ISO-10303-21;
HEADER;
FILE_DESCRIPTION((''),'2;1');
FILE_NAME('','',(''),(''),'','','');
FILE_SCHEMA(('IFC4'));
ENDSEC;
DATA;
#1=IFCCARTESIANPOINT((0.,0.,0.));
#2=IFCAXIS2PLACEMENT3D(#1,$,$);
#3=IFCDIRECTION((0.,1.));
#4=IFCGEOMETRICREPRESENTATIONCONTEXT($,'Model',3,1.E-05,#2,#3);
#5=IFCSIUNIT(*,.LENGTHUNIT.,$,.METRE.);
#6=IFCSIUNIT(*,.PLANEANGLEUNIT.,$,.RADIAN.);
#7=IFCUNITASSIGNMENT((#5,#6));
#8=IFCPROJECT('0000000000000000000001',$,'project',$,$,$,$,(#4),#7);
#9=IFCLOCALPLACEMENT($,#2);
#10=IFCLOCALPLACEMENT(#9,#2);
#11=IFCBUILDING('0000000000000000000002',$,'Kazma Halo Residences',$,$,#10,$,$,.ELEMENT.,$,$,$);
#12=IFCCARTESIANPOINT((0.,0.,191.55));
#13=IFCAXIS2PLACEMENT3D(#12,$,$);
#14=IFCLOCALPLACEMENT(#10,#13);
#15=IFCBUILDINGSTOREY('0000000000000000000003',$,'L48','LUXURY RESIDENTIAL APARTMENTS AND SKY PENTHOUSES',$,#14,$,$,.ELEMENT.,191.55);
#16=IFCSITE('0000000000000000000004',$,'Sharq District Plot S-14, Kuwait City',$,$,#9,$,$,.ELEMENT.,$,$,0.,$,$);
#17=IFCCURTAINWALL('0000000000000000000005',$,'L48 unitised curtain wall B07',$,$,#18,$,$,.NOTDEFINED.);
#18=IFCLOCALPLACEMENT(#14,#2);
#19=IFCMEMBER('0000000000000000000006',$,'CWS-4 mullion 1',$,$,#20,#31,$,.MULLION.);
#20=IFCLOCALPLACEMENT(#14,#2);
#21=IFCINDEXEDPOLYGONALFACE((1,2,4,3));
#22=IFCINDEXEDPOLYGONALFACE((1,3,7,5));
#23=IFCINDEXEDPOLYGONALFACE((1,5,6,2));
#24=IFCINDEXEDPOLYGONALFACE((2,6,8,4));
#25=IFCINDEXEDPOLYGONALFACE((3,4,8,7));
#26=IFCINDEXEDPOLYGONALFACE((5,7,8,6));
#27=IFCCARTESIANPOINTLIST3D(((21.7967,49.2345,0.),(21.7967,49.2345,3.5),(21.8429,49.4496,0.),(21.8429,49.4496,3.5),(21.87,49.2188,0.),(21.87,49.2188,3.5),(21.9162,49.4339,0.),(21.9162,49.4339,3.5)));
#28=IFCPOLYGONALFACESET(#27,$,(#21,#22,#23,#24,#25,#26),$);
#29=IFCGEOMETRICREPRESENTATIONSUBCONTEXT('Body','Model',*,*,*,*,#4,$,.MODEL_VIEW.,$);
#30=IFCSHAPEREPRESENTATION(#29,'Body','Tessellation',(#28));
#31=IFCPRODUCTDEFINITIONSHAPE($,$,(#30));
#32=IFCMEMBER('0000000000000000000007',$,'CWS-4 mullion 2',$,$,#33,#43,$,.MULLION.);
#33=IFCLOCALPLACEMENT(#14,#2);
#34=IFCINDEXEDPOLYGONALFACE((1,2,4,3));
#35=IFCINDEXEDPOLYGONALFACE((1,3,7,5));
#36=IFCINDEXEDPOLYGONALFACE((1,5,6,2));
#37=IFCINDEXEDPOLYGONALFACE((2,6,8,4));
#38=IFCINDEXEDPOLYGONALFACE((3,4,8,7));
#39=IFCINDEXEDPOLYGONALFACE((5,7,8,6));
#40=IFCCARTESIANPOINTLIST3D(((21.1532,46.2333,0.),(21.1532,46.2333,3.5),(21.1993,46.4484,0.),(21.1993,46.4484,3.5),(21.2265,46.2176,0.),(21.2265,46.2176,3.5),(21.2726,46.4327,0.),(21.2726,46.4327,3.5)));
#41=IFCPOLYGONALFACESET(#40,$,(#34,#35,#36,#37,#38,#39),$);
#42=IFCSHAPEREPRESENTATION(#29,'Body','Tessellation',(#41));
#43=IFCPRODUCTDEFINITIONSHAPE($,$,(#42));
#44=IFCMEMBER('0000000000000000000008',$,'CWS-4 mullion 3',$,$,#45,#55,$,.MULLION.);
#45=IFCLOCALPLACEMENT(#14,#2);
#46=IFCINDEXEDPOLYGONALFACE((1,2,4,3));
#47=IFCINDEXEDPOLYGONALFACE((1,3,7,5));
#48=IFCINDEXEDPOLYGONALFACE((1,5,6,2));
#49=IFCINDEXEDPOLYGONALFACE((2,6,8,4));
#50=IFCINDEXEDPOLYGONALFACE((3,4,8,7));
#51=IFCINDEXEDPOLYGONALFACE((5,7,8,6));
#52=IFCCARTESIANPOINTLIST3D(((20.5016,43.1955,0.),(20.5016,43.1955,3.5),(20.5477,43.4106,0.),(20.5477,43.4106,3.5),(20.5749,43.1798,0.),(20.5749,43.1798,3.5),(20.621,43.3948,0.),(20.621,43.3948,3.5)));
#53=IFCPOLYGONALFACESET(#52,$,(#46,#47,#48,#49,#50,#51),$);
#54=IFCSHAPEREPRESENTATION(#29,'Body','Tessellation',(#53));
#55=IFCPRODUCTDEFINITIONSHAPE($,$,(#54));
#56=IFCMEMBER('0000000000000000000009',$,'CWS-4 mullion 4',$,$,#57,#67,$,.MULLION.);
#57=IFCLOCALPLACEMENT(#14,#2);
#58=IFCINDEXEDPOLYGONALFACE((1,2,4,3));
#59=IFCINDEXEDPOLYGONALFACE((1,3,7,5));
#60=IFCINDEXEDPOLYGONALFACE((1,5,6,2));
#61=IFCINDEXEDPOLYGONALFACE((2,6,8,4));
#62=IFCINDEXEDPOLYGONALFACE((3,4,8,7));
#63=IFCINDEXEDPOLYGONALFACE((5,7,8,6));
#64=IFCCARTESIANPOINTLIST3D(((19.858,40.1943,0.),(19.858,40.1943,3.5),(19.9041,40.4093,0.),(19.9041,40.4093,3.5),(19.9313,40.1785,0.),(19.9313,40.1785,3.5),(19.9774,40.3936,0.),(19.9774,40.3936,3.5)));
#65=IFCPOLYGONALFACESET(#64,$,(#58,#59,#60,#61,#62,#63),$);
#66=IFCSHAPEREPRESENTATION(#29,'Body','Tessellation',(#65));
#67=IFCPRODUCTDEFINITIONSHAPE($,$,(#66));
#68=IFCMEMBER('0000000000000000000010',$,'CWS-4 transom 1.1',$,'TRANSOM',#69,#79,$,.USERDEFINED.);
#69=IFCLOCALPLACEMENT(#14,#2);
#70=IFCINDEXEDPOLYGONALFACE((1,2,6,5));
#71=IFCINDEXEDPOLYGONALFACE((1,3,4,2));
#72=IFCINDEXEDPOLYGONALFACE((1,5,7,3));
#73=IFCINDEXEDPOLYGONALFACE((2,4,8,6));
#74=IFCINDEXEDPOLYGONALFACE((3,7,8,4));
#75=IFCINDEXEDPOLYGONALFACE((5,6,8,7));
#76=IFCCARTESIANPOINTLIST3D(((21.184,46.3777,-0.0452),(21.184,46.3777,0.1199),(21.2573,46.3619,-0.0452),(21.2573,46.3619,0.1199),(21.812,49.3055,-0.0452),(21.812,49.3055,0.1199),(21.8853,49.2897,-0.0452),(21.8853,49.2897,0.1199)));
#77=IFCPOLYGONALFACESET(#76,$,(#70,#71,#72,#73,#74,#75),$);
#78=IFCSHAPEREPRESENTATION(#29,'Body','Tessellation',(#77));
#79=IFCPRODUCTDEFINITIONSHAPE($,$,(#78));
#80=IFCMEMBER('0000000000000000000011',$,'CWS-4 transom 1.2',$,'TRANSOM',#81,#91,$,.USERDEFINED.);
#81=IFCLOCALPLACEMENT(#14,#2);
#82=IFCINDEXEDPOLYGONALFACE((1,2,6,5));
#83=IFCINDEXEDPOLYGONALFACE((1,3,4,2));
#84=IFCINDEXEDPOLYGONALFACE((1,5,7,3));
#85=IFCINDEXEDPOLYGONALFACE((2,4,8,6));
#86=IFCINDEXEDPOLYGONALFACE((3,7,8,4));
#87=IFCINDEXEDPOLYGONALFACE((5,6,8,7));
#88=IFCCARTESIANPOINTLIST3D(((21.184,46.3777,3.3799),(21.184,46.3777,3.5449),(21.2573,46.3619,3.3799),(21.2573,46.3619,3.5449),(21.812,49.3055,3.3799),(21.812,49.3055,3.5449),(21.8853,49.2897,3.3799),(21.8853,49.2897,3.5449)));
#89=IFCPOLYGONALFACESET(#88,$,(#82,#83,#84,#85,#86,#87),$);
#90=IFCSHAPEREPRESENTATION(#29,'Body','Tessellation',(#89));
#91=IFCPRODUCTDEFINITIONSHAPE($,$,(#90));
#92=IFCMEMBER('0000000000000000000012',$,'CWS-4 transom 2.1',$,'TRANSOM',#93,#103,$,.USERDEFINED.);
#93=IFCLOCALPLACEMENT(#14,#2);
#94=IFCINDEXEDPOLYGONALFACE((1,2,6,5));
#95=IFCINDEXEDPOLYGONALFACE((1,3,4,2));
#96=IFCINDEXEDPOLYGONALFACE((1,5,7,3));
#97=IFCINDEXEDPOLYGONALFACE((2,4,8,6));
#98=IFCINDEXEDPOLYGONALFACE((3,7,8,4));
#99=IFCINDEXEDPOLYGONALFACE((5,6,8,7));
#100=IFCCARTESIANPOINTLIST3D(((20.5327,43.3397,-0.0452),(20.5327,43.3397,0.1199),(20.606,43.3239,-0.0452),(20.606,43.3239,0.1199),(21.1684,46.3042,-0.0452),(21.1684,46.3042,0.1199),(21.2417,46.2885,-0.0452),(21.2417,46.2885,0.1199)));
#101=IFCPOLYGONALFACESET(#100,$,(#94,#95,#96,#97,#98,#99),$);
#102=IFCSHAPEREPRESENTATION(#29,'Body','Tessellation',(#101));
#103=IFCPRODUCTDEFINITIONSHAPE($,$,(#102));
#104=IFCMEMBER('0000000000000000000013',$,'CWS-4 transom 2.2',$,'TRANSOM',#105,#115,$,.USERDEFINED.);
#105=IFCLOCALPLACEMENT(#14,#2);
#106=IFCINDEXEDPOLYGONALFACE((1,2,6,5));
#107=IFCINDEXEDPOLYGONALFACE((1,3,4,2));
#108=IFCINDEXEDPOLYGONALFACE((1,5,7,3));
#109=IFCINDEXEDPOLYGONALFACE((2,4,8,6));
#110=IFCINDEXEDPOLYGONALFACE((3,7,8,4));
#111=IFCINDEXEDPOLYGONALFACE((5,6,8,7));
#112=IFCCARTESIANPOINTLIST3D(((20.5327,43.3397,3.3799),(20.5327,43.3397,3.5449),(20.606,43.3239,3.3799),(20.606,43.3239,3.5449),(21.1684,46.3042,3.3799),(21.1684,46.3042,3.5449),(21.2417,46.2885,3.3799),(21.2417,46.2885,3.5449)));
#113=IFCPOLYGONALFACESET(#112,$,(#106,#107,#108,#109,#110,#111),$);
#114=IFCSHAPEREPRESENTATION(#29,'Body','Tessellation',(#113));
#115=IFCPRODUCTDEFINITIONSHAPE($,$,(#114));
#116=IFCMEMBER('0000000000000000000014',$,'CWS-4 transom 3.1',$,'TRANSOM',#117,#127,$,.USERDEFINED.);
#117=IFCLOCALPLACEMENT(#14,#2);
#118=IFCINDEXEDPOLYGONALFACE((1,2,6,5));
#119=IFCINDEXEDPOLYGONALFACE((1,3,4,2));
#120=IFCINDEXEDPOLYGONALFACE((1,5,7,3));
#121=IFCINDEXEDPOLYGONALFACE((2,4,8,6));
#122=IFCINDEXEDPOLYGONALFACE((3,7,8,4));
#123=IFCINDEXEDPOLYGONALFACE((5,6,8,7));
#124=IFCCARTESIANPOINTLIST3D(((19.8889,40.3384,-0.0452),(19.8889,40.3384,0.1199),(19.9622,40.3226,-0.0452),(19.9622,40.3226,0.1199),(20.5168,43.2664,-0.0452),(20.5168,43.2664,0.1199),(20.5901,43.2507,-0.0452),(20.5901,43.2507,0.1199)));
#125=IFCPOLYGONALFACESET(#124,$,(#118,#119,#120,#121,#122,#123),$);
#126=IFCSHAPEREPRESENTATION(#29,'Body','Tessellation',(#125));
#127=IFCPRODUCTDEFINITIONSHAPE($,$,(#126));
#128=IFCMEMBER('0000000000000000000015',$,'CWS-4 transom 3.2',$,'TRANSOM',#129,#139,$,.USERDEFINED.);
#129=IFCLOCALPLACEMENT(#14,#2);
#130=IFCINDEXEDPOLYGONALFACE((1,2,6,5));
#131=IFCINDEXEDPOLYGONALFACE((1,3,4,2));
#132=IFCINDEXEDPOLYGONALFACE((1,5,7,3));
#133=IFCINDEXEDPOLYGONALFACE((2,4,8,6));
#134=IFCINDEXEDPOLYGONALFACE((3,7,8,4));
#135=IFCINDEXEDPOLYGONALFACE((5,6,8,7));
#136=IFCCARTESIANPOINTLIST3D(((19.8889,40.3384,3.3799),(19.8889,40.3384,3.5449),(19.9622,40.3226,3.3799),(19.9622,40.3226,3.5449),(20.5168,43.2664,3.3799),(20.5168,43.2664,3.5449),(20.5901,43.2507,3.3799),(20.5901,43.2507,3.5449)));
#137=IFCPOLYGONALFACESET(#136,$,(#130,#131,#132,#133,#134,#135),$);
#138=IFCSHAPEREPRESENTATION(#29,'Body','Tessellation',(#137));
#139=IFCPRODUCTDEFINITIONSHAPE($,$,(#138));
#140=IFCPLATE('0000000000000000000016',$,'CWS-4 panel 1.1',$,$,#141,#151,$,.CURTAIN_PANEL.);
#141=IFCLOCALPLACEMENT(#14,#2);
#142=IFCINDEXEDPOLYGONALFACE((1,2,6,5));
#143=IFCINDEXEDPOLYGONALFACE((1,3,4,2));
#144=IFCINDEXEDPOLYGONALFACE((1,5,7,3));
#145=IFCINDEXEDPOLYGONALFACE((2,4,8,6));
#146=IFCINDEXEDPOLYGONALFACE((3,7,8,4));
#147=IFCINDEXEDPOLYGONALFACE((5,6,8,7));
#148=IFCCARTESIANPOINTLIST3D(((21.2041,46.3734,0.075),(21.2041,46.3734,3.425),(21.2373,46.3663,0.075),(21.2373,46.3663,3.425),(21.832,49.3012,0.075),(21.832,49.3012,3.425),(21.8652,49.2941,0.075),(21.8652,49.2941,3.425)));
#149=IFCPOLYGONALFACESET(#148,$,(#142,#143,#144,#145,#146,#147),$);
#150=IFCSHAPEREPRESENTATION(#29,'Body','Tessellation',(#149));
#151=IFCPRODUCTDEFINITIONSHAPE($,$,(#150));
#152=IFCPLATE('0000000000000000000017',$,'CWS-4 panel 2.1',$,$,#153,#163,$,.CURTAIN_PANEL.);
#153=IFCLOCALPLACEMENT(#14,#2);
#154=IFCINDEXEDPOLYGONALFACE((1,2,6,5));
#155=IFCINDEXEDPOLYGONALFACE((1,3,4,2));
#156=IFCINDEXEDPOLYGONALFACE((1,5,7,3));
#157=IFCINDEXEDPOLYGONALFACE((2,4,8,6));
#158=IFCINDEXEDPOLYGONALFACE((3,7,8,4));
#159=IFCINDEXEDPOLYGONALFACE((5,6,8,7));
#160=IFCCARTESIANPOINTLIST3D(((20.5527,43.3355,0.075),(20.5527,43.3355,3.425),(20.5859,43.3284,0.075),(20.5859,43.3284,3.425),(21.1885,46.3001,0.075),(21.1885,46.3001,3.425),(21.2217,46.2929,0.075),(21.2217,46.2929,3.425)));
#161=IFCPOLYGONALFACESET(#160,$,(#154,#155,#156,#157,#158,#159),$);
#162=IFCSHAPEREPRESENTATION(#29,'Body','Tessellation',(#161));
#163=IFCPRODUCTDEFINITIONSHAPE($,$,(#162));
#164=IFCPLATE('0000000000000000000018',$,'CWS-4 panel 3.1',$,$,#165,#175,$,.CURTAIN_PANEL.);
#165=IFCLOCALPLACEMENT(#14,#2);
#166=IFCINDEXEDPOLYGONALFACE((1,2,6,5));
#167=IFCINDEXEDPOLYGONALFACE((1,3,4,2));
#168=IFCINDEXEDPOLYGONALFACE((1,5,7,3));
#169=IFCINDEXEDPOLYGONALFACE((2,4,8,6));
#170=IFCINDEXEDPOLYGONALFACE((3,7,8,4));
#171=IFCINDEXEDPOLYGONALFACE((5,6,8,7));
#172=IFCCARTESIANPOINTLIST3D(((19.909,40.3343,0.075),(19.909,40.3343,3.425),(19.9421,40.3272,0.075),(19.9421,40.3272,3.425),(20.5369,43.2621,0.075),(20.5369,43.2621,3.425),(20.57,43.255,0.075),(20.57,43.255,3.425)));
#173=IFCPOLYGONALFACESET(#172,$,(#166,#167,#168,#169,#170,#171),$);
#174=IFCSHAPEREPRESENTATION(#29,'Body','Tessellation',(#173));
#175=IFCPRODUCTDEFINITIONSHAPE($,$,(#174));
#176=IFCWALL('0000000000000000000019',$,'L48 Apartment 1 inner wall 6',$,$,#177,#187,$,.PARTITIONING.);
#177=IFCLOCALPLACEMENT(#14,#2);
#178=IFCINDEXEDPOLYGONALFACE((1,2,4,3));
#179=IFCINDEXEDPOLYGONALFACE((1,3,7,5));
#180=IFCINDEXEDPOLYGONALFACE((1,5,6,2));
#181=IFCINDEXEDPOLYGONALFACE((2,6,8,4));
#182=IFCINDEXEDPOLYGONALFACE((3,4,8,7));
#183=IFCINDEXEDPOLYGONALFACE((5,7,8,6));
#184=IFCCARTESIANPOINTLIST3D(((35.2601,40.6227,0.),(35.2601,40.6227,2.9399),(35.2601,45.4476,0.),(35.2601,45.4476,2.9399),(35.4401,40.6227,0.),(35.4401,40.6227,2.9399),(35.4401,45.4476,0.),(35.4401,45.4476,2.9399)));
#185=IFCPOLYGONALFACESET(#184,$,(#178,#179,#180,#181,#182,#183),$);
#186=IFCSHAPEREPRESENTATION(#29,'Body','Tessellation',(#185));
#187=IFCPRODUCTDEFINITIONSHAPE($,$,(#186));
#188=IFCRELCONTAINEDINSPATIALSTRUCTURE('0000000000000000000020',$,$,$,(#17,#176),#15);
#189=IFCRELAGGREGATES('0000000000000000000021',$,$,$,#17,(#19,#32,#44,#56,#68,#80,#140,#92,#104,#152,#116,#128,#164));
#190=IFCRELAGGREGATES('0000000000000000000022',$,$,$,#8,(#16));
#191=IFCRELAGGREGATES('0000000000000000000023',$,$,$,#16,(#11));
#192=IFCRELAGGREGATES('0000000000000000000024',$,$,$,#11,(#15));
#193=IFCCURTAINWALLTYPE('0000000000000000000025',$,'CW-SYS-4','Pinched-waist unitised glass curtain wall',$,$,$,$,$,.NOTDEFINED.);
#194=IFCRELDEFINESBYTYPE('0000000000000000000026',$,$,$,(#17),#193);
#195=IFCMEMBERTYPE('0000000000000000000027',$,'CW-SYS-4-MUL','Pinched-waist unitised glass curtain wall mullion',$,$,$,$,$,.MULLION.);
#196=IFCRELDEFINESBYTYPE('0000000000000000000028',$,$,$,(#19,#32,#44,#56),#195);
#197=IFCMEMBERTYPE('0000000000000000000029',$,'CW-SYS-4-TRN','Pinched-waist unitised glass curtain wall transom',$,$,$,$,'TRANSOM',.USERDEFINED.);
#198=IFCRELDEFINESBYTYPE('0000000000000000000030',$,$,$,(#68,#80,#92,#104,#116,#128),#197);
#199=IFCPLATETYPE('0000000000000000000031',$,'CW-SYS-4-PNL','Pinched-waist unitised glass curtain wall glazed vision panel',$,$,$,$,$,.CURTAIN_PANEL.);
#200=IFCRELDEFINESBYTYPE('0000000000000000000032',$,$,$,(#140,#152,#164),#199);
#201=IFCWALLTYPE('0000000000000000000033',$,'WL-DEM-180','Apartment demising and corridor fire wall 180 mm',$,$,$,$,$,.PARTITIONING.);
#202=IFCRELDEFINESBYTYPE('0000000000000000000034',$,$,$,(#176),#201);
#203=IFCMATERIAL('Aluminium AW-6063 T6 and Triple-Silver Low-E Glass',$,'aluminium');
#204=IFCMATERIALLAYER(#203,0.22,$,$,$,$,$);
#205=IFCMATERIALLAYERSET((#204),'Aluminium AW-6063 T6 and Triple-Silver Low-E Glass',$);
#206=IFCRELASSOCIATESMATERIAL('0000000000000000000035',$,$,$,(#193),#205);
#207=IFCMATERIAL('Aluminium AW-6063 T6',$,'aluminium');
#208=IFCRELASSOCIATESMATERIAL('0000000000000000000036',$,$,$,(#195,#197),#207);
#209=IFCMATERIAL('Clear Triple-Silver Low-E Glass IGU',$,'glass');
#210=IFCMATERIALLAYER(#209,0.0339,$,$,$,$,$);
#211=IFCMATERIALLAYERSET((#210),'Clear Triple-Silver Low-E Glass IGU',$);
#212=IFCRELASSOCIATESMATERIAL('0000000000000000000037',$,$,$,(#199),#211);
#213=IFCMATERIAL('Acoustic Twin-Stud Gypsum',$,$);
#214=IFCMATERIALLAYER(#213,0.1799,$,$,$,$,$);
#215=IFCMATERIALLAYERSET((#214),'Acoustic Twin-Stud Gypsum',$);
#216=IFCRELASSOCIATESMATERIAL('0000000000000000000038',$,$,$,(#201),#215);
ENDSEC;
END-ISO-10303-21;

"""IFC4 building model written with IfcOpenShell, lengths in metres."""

from ifc_helpers import new_model, si_unit, direction, frame, frame_2d, origin, origin_2d, place, context, subcontext, project, spatial, rectangle, extrude, material, layer, layer_set, material_profile, profile_set, type_object, element, aggregate, save


model = new_model("IFC4")

# Units and contexts
model_context = context("Model", 3, precision=1e-05, world=origin(), true_north=direction((0.0, 1.0)))
body_context = subcontext(model_context, "Body", "Model", "MODEL_VIEW")
ifc_project = project(units=[si_unit("LENGTHUNIT", "METRE"), si_unit("PLANEANGLEUNIT", "RADIAN")], contexts=[model_context])

# Site, building, storey
site_placement = place(None, origin())
site = spatial("IfcSite", under=ifc_project, at=site_placement, Name="Sharq District Plot S-14, Kuwait City", CompositionType="ELEMENT", RefElevation=0.0)
building_placement = place(site_placement, origin())
building = spatial("IfcBuilding", under=site, at=building_placement, Name="Kazma Halo Residences", CompositionType="ELEMENT")
storey_placement = place(building_placement, frame((0.0, 0.0, 191.55)))
storey = spatial("IfcBuildingStorey", under=building, at=storey_placement, Name="L48", Description="LUXURY RESIDENTIAL APARTMENTS AND SKY PENTHOUSES", CompositionType="ELEMENT", Elevation=191.55)

# Curtain wall, members, plates
ifc_material_1 = material(Name="Aluminium AW-6063 T6 and Triple-Silver Low-E Glass", Category="aluminium")
ifc_layer_1 = layer(ifc_material_1, 0.22)
ifc_layer_set_1 = layer_set([ifc_layer_1], Name="Aluminium AW-6063 T6 and Triple-Silver Low-E Glass")
curtain_wall_type = type_object("IfcCurtainWallType", Name="CW-SYS-4", Description="Pinched-waist unitised glass curtain wall", PredefinedType="NOTDEFINED", material=ifc_layer_set_1)
curtain_wall_placement = place(storey_placement, origin())
curtain_wall = element("IfcCurtainWall", 1, at=curtain_wall_placement, inside=storey, type_object=curtain_wall_type, Name="L48 unitised curtain wall B07", PredefinedType="NOTDEFINED")
ifc_material_2 = material(Name="Aluminium AW-6063 T6", Category="aluminium")
ifc_material_profile_1 = material_profile(ifc_material_2, rectangle(XDim=0.075, YDim=0.22, at=origin_2d()), Name="CWM-75x220")
ifc_profile_set_1 = profile_set([ifc_material_profile_1], Name="Aluminium AW-6063 T6")
member_type_1 = type_object("IfcMemberType", Name="CW-SYS-4-MUL", Description="Pinched-waist unitised glass curtain wall mullion", PredefinedType="MULLION", material=ifc_profile_set_1)
member_1_placement = place(storey_placement, frame((21.8564, 49.3342, 0.0), z_axis=(0.0, 0.0, 1.0), x_axis=(0.977768, -0.20969, 0.0)))
member_1 = element("IfcMember", 2, at=member_1_placement, type_object=member_type_1, Name="CWS-4 mullion 1", PredefinedType="MULLION", context=body_context, shape_type="SweptSolid", body=[
    extrude(rectangle(XDim=0.075, YDim=0.22, at=origin_2d()), origin(), (0.0, 0.0, 1.0), 3.5),
])
member_2_placement = place(storey_placement, frame((21.2129, 46.333, 0.0), z_axis=(0.0, 0.0, 1.0), x_axis=(0.977768, -0.20969, 0.0)))
member_2 = element("IfcMember", 3, at=member_2_placement, type_object=member_type_1, Name="CWS-4 mullion 2", PredefinedType="MULLION", context=body_context, shape_type="SweptSolid", body=[
    extrude(rectangle(XDim=0.075, YDim=0.22, at=origin_2d()), origin(), (0.0, 0.0, 1.0), 3.5),
])
member_3_placement = place(storey_placement, frame((20.5613, 43.2952, 0.0), z_axis=(0.0, 0.0, 1.0), x_axis=(0.977768, -0.20969, 0.0)))
member_3 = element("IfcMember", 4, at=member_3_placement, type_object=member_type_1, Name="CWS-4 mullion 3", PredefinedType="MULLION", context=body_context, shape_type="SweptSolid", body=[
    extrude(rectangle(XDim=0.075, YDim=0.22, at=origin_2d()), origin(), (0.0, 0.0, 1.0), 3.5),
])
member_4_placement = place(storey_placement, frame((19.9177, 40.2939, 0.0), z_axis=(0.0, 0.0, 1.0), x_axis=(0.977768, -0.20969, 0.0)))
member_4 = element("IfcMember", 5, at=member_4_placement, type_object=member_type_1, Name="CWS-4 mullion 4", PredefinedType="MULLION", context=body_context, shape_type="SweptSolid", body=[
    extrude(rectangle(XDim=0.075, YDim=0.22, at=origin_2d()), origin(), (0.0, 0.0, 1.0), 3.5),
])
ifc_material_profile_2 = material_profile(ifc_material_2, rectangle(XDim=0.075, YDim=0.165, at=origin_2d()), Name="CWT-75x165")
ifc_profile_set_2 = profile_set([ifc_material_profile_2], Name="Aluminium AW-6063 T6")
member_type_2 = type_object("IfcMemberType", Name="CW-SYS-4-TRN", Description="Pinched-waist unitised glass curtain wall transom", ElementType="TRANSOM", PredefinedType="USERDEFINED", material=ifc_profile_set_2)
member_5_placement = place(storey_placement, frame((21.8486, 49.2976, 0.0374), z_axis=(-0.209707, -0.977764, 0.0), x_axis=(0.977764, -0.209707, 0.0)))
member_5 = element("IfcMember", 6, at=member_5_placement, type_object=member_type_2, Name="CWS-4 transom 1.1", ObjectType="TRANSOM", PredefinedType="USERDEFINED", context=body_context, shape_type="SweptSolid", body=[
    extrude(rectangle(XDim=0.075, YDim=0.165, at=origin_2d()), origin(), (0.0, 0.0, 1.0), 2.9944),
])
member_6_placement = place(storey_placement, frame((21.8486, 49.2976, 3.4624), z_axis=(-0.209707, -0.977764, 0.0), x_axis=(0.977764, -0.209707, 0.0)))
member_6 = element("IfcMember", 7, at=member_6_placement, type_object=member_type_2, Name="CWS-4 transom 1.2", ObjectType="TRANSOM", PredefinedType="USERDEFINED", context=body_context, shape_type="SweptSolid", body=[
    extrude(rectangle(XDim=0.075, YDim=0.165, at=origin_2d()), origin(), (0.0, 0.0, 1.0), 2.9944),
])
member_7_placement = place(storey_placement, frame((21.2051, 46.2964, 0.0374), z_axis=(-0.209678, -0.977771, 0.0), x_axis=(0.977771, -0.209678, 0.0)))
member_7 = element("IfcMember", 8, at=member_7_placement, type_object=member_type_2, Name="CWS-4 transom 2.1", ObjectType="TRANSOM", PredefinedType="USERDEFINED", context=body_context, shape_type="SweptSolid", body=[
    extrude(rectangle(XDim=0.075, YDim=0.165, at=origin_2d()), origin(), (0.0, 0.0, 1.0), 3.032),
])
member_8_placement = place(storey_placement, frame((21.2051, 46.2964, 3.4624), z_axis=(-0.209678, -0.977771, 0.0), x_axis=(0.977771, -0.209678, 0.0)))
member_8 = element("IfcMember", 9, at=member_8_placement, type_object=member_type_2, Name="CWS-4 transom 2.2", ObjectType="TRANSOM", PredefinedType="USERDEFINED", context=body_context, shape_type="SweptSolid", body=[
    extrude(rectangle(XDim=0.075, YDim=0.165, at=origin_2d()), origin(), (0.0, 0.0, 1.0), 3.032),
])
member_9_placement = place(storey_placement, frame((20.5535, 43.2585, 0.0374), z_axis=(-0.209691, -0.977768, 0.0), x_axis=(0.977768, -0.209691, 0.0)))
member_9 = element("IfcMember", 10, at=member_9_placement, type_object=member_type_2, Name="CWS-4 transom 3.1", ObjectType="TRANSOM", PredefinedType="USERDEFINED", context=body_context, shape_type="SweptSolid", body=[
    extrude(rectangle(XDim=0.075, YDim=0.165, at=origin_2d()), origin(), (0.0, 0.0, 1.0), 2.9946),
])
member_10_placement = place(storey_placement, frame((20.5535, 43.2585, 3.4624), z_axis=(-0.209691, -0.977768, 0.0), x_axis=(0.977768, -0.209691, 0.0)))
member_10 = element("IfcMember", 11, at=member_10_placement, type_object=member_type_2, Name="CWS-4 transom 3.2", ObjectType="TRANSOM", PredefinedType="USERDEFINED", context=body_context, shape_type="SweptSolid", body=[
    extrude(rectangle(XDim=0.075, YDim=0.165, at=origin_2d()), origin(), (0.0, 0.0, 1.0), 2.9946),
])
ifc_material_3 = material(Name="Clear Triple-Silver Low-E Glass IGU", Category="glass")
ifc_layer_2 = layer(ifc_material_3, 0.0339)
ifc_layer_set_2 = layer_set([ifc_layer_2], Name="Clear Triple-Silver Low-E Glass IGU")
plate_type = type_object("IfcPlateType", Name="CW-SYS-4-PNL", Description="Pinched-waist unitised glass curtain wall glazed vision panel", PredefinedType="CURTAIN_PANEL", material=ifc_layer_set_2)
plate_1_placement = place(storey_placement, frame((21.5347, 47.8337, 0.075), z_axis=(0.0, 0.0, 1.0), x_axis=(-0.20969, -0.977768, 0.0)))
plate_1 = element("IfcPlate", 12, at=plate_1_placement, type_object=plate_type, Name="CWS-4 panel 1.1", PredefinedType="CURTAIN_PANEL", context=body_context, shape_type="SweptSolid", body=[
    extrude(rectangle(XDim=2.9944, YDim=0.0339, at=origin_2d()), origin(), (0.0, 0.0, 1.0), 3.3501),
])
plate_2_placement = place(storey_placement, frame((20.8872, 44.8142, 0.075), z_axis=(0.0, 0.0, 1.0), x_axis=(-0.20969, -0.977768, 0.0)))
plate_2 = element("IfcPlate", 13, at=plate_2_placement, type_object=plate_type, Name="CWS-4 panel 2.1", PredefinedType="CURTAIN_PANEL", context=body_context, shape_type="SweptSolid", body=[
    extrude(rectangle(XDim=3.032, YDim=0.0339, at=origin_2d()), origin(), (0.0, 0.0, 1.0), 3.3501),
])
plate_3_placement = place(storey_placement, frame((20.2395, 41.7947, 0.075), z_axis=(0.0, 0.0, 1.0), x_axis=(-0.20969, -0.977768, 0.0)))
plate_3 = element("IfcPlate", 14, at=plate_3_placement, type_object=plate_type, Name="CWS-4 panel 3.1", PredefinedType="CURTAIN_PANEL", context=body_context, shape_type="SweptSolid", body=[
    extrude(rectangle(XDim=2.9944, YDim=0.0339, at=origin_2d()), origin(), (0.0, 0.0, 1.0), 3.3501),
])
aggregate(curtain_wall, [member_1, member_2, member_3, member_4, member_5, member_6, plate_1, member_7, member_8, plate_2, member_9, member_10, plate_3])

# Wall
ifc_material_4 = material(Name="Acoustic Twin-Stud Gypsum")
ifc_layer_3 = layer(ifc_material_4, 0.1799)
ifc_layer_set_3 = layer_set([ifc_layer_3], Name="Acoustic Twin-Stud Gypsum")
wall_type_1 = type_object("IfcWallType", Name="WL-DEM-180", Description="Apartment demising and corridor fire wall 180 mm", PredefinedType="PARTITIONING", material=ifc_layer_set_3)
wall_1_placement = place(storey_placement, frame((35.3501, 45.4478, 0.0), z_axis=(0.0, 0.0, 1.0), x_axis=(0.0, -1.0, 0.0)))
element("IfcWall", 15, at=wall_1_placement, inside=storey, type_object=wall_type_1, Name="L48 Apartment 1 inner wall 6", PredefinedType="PARTITIONING", context=body_context, shape_type="SweptSolid", body=[
    extrude(rectangle(XDim=4.825, YDim=0.1799, at=frame_2d((2.4126, 0.0))), origin(), (0.0, 0.0, 1.0), 2.9399),
])

save(model, "model.ifc")
